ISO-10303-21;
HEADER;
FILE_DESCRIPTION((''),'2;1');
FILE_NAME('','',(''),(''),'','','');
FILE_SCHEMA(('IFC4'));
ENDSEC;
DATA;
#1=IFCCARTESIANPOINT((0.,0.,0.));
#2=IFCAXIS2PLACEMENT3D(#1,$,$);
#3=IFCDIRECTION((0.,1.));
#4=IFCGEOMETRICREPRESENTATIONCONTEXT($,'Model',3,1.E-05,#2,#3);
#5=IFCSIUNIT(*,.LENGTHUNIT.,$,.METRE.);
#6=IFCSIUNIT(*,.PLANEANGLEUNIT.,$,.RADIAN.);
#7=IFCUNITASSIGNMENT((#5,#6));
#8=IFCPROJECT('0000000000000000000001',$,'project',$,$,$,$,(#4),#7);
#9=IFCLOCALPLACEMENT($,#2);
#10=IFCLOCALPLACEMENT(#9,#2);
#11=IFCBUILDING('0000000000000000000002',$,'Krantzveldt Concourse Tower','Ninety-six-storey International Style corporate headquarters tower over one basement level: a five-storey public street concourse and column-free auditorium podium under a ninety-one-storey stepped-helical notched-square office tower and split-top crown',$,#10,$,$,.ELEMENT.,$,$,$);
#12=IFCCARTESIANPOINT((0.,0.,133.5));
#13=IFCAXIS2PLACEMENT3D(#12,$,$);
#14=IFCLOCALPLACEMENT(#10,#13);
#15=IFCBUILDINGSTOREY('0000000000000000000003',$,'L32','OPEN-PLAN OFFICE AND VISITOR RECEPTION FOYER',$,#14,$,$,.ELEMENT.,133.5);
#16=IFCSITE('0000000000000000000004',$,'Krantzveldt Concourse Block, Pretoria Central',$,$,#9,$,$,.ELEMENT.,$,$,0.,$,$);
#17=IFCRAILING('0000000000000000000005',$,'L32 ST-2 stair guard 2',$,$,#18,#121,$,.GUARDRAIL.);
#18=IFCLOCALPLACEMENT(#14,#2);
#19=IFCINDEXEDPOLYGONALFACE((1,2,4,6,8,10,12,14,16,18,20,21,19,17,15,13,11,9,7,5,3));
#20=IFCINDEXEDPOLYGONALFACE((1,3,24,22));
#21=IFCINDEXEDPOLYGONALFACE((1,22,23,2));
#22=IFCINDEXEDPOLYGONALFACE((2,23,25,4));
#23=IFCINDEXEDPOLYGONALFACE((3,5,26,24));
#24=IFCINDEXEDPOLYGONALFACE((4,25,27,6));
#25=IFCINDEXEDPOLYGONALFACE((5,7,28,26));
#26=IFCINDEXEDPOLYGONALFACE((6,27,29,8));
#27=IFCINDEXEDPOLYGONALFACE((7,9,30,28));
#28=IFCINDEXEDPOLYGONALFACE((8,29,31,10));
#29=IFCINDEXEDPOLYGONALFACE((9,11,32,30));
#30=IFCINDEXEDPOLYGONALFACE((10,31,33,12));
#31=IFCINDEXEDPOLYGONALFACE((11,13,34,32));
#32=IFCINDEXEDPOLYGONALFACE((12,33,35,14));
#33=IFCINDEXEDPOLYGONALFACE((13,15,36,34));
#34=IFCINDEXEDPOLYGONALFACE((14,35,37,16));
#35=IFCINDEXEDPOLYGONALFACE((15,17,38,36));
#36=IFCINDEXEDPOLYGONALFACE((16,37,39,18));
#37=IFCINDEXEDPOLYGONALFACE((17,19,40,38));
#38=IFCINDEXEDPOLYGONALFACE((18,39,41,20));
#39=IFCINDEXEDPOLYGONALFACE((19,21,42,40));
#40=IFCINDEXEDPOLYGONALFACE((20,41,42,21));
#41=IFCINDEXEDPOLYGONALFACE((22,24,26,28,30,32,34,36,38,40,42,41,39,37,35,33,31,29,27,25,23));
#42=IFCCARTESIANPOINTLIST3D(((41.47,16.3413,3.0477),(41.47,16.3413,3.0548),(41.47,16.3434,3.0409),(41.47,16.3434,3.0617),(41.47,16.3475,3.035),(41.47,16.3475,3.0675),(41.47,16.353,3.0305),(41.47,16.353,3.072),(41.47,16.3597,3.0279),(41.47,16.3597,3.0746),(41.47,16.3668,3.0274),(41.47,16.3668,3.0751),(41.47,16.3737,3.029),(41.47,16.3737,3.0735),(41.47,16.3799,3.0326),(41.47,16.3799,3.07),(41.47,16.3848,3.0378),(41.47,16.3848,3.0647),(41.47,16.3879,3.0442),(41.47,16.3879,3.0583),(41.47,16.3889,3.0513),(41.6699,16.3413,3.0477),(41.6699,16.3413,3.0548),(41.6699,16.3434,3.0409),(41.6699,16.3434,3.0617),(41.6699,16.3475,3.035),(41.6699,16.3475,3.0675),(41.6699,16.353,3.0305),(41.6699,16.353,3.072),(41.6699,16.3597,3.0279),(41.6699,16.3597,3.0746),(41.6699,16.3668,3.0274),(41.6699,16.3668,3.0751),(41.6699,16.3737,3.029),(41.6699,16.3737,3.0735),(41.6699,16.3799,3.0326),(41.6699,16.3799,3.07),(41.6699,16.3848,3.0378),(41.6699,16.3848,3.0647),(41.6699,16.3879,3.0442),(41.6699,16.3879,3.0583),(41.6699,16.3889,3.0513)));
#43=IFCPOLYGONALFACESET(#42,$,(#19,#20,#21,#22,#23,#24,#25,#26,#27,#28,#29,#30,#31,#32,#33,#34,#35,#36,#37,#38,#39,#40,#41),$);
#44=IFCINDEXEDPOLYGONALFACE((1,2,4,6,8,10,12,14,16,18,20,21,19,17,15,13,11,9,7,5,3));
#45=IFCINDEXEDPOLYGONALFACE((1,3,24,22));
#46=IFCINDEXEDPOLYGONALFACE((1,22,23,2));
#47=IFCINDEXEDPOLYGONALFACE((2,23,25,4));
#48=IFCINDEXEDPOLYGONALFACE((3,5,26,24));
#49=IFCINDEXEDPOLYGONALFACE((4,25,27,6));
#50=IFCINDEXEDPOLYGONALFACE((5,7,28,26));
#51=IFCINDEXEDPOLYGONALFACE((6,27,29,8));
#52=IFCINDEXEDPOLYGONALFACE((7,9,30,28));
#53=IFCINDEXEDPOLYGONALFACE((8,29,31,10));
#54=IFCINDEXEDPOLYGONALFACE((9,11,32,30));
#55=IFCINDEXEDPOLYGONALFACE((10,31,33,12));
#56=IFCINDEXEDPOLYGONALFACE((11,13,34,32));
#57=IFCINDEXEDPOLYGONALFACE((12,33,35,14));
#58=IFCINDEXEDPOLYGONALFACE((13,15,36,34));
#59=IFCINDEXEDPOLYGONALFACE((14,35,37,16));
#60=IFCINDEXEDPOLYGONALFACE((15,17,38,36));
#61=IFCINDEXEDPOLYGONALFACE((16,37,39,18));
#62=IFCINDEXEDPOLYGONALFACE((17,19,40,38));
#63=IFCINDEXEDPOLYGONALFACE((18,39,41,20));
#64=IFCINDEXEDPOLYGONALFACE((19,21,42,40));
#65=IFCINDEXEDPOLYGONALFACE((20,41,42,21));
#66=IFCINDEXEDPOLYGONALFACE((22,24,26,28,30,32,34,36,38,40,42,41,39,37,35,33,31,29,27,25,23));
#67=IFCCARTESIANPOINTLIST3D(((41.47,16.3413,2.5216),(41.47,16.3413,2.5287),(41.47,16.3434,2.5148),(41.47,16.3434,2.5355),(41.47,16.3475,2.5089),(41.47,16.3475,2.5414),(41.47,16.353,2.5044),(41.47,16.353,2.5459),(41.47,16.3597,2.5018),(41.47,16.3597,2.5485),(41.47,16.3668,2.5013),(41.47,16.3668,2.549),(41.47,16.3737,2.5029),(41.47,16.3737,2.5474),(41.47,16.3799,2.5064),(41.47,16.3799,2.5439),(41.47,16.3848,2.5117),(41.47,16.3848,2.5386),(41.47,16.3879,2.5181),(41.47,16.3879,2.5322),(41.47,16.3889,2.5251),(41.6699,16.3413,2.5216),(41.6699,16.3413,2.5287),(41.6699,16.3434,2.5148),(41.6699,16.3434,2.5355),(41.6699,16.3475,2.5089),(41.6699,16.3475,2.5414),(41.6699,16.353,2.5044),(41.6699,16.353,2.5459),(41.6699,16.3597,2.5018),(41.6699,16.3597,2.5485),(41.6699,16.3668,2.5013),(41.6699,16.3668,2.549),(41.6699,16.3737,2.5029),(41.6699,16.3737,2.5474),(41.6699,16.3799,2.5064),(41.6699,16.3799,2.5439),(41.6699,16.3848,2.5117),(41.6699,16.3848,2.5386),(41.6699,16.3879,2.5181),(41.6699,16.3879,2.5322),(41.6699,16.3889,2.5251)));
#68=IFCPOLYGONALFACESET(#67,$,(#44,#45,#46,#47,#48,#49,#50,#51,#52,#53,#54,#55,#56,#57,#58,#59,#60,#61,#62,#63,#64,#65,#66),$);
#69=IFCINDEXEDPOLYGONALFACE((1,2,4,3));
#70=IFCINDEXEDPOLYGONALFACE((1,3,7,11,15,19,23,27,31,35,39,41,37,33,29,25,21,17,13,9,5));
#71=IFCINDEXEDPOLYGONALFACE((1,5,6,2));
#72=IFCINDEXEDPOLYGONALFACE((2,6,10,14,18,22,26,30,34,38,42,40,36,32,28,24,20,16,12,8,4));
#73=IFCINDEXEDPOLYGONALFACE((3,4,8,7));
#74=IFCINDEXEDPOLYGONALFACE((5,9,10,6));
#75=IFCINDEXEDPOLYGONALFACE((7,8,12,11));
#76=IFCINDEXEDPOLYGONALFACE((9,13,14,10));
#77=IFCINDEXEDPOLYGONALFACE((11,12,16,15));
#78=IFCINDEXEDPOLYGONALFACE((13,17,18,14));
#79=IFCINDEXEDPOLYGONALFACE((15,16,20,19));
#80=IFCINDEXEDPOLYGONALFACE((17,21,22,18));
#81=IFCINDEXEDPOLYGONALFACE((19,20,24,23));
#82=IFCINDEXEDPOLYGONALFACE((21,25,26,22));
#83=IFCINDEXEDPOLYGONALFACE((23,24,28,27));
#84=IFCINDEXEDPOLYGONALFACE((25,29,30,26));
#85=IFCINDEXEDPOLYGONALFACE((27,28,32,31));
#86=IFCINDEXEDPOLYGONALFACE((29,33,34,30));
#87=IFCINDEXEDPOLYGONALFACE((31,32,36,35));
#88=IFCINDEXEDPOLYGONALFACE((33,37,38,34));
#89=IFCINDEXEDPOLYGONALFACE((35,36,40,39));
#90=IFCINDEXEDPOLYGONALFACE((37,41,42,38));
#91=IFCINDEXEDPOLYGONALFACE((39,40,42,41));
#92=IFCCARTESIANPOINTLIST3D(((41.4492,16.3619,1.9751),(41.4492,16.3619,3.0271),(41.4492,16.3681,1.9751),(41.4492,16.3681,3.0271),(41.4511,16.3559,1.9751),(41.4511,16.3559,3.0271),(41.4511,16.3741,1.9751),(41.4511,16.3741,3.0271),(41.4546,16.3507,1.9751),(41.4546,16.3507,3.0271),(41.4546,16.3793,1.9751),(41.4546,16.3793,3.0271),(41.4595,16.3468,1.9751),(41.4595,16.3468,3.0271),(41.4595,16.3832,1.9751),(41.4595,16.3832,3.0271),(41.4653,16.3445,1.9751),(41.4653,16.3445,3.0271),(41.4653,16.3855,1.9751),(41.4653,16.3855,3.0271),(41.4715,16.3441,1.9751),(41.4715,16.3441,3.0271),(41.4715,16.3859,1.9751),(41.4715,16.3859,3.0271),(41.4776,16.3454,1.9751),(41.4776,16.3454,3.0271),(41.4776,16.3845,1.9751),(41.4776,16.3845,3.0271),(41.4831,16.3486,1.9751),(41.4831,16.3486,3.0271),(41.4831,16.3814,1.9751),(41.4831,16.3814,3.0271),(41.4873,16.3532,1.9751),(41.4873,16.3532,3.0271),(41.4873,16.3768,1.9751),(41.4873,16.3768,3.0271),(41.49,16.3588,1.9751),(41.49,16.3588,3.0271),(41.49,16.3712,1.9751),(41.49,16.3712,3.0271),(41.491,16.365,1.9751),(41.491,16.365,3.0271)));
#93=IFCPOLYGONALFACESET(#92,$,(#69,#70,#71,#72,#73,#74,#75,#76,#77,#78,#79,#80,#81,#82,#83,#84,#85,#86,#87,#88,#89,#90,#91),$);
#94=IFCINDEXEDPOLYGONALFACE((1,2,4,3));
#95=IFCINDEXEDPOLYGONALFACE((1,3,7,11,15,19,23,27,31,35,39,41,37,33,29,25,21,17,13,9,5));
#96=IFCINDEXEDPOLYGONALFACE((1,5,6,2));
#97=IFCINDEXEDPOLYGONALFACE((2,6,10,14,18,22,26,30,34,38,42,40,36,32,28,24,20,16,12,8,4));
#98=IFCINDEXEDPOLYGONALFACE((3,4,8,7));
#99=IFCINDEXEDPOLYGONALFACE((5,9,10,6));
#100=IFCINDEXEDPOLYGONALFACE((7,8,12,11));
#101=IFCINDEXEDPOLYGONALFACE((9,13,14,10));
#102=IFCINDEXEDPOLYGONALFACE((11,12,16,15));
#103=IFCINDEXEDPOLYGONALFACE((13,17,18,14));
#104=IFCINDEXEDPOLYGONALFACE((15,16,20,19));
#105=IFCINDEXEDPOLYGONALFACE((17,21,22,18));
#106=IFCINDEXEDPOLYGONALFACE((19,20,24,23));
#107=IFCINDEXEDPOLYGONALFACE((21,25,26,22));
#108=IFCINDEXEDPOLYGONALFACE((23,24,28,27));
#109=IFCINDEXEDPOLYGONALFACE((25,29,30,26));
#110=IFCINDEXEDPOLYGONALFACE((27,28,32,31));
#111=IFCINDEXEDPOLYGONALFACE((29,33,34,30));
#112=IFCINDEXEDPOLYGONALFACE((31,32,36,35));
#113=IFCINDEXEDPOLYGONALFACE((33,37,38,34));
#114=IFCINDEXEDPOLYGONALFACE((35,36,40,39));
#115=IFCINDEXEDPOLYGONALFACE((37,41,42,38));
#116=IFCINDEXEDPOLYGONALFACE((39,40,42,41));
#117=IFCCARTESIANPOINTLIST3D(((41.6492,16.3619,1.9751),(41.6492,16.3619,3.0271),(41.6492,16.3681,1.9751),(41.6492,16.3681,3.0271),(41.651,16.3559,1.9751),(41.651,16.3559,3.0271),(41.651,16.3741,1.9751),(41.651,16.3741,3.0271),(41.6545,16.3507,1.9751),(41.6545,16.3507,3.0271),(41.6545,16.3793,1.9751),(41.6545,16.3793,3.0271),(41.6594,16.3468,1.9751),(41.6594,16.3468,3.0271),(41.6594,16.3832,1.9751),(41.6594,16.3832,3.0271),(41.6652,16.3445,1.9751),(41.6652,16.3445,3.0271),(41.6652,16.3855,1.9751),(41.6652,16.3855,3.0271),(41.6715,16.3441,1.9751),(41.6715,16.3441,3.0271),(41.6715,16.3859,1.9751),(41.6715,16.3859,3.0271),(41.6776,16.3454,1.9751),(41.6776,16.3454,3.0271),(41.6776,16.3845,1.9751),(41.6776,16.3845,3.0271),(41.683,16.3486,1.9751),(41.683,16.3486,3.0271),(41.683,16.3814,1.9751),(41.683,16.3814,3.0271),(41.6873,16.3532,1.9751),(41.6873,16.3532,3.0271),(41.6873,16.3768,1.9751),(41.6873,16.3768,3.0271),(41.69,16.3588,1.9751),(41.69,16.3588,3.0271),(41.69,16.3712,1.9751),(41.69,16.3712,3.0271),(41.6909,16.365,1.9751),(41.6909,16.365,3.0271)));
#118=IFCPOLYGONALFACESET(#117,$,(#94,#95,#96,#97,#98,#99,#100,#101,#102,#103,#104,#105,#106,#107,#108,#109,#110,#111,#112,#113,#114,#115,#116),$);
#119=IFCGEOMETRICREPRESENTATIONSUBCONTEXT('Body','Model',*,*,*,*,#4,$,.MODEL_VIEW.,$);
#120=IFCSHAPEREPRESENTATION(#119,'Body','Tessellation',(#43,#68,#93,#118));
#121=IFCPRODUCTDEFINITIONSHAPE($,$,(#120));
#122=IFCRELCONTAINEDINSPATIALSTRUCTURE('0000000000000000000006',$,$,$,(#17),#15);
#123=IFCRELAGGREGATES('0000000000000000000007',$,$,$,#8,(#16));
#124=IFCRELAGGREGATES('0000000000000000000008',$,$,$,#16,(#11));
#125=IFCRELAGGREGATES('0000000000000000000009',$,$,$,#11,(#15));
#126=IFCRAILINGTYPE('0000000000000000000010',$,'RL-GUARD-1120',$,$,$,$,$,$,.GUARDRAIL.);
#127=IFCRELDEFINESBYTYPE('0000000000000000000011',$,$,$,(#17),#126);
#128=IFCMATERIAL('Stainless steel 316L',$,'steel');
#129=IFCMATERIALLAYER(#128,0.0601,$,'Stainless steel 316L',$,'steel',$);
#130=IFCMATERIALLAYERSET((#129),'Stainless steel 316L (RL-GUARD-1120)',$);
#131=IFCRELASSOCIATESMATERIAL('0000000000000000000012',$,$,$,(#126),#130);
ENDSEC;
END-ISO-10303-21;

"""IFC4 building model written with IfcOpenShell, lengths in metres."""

from ifc_helpers import new_model, si_unit, direction, frame, origin, origin_2d, place, context, subcontext, project, spatial, circle, extrude, material, layer, layer_set, type_object, element, save


model = new_model("IFC4")

# Units and contexts
model_context = context("Model", 3, precision=1e-05, world=origin(), true_north=direction((0.0, 1.0)))
body_context = subcontext(model_context, "Body", "Model", "MODEL_VIEW")
ifc_project = project(units=[si_unit("LENGTHUNIT", "METRE"), si_unit("PLANEANGLEUNIT", "RADIAN")], contexts=[model_context])

# Site, building, storey
site_placement = place(None, origin())
site = spatial("IfcSite", under=ifc_project, at=site_placement, Name="Krantzveldt Concourse Block, Pretoria Central", CompositionType="ELEMENT", RefElevation=0.0)
building_placement = place(site_placement, origin())
building = spatial("IfcBuilding", under=site, at=building_placement, Name="Krantzveldt Concourse Tower", Description="Ninety-six-storey International Style corporate headquarters tower over one basement level: a five-storey public street concourse and column-free auditorium podium under a ninety-one-storey stepped-helical notched-square office tower and split-top crown", CompositionType="ELEMENT")
storey_placement = place(building_placement, frame((0.0, 0.0, 133.5)))
storey = spatial("IfcBuildingStorey", under=building, at=storey_placement, Name="L32", Description="OPEN-PLAN OFFICE AND VISITOR RECEPTION FOYER", CompositionType="ELEMENT", Elevation=133.5)

# Shared definitions
ifc_material_1 = material(Name="Stainless steel 316L", Category="steel")

# Railing
ifc_layer_1 = layer(ifc_material_1, 0.0601, Name="Stainless steel 316L", Category="steel")
ifc_layer_set_1 = layer_set([ifc_layer_1], Name="Stainless steel 316L (RL-GUARD-1120)")
railing_type_1 = type_object("IfcRailingType", Name="RL-GUARD-1120", PredefinedType="GUARDRAIL", material=ifc_layer_set_1)
railing_1_placement = place(storey_placement, frame((41.47, 16.365, 1.9751)))
element("IfcRailing", 1, at=railing_1_placement, inside=storey, type_object=railing_type_1, Name="L32 ST-2 stair guard 2", PredefinedType="GUARDRAIL", context=body_context, shape_type="SweptSolid", body=[
    extrude(circle(Radius=0.0239, at=origin_2d()), frame((0.0, 0.0, 1.0762), z_axis=(1.0, 0.0, 0.0), x_axis=(0.0, 1.0, 0.0)), (0.0, 0.0, 1.0), 0.2),
    extrude(circle(Radius=0.0239, at=origin_2d()), frame((0.0, 0.0, 0.55), z_axis=(1.0, 0.0, 0.0), x_axis=(0.0, 1.0, 0.0)), (0.0, 0.0, 1.0), 0.2),
    extrude(circle(Radius=0.021, at=origin_2d()), origin(), (0.0, 0.0, 1.0), 1.052),
    extrude(circle(Radius=0.021, at=origin_2d()), frame((0.2, 0.0, 0.0)), (0.0, 0.0, 1.0), 1.052),
])

save(model, "model.ifc")
